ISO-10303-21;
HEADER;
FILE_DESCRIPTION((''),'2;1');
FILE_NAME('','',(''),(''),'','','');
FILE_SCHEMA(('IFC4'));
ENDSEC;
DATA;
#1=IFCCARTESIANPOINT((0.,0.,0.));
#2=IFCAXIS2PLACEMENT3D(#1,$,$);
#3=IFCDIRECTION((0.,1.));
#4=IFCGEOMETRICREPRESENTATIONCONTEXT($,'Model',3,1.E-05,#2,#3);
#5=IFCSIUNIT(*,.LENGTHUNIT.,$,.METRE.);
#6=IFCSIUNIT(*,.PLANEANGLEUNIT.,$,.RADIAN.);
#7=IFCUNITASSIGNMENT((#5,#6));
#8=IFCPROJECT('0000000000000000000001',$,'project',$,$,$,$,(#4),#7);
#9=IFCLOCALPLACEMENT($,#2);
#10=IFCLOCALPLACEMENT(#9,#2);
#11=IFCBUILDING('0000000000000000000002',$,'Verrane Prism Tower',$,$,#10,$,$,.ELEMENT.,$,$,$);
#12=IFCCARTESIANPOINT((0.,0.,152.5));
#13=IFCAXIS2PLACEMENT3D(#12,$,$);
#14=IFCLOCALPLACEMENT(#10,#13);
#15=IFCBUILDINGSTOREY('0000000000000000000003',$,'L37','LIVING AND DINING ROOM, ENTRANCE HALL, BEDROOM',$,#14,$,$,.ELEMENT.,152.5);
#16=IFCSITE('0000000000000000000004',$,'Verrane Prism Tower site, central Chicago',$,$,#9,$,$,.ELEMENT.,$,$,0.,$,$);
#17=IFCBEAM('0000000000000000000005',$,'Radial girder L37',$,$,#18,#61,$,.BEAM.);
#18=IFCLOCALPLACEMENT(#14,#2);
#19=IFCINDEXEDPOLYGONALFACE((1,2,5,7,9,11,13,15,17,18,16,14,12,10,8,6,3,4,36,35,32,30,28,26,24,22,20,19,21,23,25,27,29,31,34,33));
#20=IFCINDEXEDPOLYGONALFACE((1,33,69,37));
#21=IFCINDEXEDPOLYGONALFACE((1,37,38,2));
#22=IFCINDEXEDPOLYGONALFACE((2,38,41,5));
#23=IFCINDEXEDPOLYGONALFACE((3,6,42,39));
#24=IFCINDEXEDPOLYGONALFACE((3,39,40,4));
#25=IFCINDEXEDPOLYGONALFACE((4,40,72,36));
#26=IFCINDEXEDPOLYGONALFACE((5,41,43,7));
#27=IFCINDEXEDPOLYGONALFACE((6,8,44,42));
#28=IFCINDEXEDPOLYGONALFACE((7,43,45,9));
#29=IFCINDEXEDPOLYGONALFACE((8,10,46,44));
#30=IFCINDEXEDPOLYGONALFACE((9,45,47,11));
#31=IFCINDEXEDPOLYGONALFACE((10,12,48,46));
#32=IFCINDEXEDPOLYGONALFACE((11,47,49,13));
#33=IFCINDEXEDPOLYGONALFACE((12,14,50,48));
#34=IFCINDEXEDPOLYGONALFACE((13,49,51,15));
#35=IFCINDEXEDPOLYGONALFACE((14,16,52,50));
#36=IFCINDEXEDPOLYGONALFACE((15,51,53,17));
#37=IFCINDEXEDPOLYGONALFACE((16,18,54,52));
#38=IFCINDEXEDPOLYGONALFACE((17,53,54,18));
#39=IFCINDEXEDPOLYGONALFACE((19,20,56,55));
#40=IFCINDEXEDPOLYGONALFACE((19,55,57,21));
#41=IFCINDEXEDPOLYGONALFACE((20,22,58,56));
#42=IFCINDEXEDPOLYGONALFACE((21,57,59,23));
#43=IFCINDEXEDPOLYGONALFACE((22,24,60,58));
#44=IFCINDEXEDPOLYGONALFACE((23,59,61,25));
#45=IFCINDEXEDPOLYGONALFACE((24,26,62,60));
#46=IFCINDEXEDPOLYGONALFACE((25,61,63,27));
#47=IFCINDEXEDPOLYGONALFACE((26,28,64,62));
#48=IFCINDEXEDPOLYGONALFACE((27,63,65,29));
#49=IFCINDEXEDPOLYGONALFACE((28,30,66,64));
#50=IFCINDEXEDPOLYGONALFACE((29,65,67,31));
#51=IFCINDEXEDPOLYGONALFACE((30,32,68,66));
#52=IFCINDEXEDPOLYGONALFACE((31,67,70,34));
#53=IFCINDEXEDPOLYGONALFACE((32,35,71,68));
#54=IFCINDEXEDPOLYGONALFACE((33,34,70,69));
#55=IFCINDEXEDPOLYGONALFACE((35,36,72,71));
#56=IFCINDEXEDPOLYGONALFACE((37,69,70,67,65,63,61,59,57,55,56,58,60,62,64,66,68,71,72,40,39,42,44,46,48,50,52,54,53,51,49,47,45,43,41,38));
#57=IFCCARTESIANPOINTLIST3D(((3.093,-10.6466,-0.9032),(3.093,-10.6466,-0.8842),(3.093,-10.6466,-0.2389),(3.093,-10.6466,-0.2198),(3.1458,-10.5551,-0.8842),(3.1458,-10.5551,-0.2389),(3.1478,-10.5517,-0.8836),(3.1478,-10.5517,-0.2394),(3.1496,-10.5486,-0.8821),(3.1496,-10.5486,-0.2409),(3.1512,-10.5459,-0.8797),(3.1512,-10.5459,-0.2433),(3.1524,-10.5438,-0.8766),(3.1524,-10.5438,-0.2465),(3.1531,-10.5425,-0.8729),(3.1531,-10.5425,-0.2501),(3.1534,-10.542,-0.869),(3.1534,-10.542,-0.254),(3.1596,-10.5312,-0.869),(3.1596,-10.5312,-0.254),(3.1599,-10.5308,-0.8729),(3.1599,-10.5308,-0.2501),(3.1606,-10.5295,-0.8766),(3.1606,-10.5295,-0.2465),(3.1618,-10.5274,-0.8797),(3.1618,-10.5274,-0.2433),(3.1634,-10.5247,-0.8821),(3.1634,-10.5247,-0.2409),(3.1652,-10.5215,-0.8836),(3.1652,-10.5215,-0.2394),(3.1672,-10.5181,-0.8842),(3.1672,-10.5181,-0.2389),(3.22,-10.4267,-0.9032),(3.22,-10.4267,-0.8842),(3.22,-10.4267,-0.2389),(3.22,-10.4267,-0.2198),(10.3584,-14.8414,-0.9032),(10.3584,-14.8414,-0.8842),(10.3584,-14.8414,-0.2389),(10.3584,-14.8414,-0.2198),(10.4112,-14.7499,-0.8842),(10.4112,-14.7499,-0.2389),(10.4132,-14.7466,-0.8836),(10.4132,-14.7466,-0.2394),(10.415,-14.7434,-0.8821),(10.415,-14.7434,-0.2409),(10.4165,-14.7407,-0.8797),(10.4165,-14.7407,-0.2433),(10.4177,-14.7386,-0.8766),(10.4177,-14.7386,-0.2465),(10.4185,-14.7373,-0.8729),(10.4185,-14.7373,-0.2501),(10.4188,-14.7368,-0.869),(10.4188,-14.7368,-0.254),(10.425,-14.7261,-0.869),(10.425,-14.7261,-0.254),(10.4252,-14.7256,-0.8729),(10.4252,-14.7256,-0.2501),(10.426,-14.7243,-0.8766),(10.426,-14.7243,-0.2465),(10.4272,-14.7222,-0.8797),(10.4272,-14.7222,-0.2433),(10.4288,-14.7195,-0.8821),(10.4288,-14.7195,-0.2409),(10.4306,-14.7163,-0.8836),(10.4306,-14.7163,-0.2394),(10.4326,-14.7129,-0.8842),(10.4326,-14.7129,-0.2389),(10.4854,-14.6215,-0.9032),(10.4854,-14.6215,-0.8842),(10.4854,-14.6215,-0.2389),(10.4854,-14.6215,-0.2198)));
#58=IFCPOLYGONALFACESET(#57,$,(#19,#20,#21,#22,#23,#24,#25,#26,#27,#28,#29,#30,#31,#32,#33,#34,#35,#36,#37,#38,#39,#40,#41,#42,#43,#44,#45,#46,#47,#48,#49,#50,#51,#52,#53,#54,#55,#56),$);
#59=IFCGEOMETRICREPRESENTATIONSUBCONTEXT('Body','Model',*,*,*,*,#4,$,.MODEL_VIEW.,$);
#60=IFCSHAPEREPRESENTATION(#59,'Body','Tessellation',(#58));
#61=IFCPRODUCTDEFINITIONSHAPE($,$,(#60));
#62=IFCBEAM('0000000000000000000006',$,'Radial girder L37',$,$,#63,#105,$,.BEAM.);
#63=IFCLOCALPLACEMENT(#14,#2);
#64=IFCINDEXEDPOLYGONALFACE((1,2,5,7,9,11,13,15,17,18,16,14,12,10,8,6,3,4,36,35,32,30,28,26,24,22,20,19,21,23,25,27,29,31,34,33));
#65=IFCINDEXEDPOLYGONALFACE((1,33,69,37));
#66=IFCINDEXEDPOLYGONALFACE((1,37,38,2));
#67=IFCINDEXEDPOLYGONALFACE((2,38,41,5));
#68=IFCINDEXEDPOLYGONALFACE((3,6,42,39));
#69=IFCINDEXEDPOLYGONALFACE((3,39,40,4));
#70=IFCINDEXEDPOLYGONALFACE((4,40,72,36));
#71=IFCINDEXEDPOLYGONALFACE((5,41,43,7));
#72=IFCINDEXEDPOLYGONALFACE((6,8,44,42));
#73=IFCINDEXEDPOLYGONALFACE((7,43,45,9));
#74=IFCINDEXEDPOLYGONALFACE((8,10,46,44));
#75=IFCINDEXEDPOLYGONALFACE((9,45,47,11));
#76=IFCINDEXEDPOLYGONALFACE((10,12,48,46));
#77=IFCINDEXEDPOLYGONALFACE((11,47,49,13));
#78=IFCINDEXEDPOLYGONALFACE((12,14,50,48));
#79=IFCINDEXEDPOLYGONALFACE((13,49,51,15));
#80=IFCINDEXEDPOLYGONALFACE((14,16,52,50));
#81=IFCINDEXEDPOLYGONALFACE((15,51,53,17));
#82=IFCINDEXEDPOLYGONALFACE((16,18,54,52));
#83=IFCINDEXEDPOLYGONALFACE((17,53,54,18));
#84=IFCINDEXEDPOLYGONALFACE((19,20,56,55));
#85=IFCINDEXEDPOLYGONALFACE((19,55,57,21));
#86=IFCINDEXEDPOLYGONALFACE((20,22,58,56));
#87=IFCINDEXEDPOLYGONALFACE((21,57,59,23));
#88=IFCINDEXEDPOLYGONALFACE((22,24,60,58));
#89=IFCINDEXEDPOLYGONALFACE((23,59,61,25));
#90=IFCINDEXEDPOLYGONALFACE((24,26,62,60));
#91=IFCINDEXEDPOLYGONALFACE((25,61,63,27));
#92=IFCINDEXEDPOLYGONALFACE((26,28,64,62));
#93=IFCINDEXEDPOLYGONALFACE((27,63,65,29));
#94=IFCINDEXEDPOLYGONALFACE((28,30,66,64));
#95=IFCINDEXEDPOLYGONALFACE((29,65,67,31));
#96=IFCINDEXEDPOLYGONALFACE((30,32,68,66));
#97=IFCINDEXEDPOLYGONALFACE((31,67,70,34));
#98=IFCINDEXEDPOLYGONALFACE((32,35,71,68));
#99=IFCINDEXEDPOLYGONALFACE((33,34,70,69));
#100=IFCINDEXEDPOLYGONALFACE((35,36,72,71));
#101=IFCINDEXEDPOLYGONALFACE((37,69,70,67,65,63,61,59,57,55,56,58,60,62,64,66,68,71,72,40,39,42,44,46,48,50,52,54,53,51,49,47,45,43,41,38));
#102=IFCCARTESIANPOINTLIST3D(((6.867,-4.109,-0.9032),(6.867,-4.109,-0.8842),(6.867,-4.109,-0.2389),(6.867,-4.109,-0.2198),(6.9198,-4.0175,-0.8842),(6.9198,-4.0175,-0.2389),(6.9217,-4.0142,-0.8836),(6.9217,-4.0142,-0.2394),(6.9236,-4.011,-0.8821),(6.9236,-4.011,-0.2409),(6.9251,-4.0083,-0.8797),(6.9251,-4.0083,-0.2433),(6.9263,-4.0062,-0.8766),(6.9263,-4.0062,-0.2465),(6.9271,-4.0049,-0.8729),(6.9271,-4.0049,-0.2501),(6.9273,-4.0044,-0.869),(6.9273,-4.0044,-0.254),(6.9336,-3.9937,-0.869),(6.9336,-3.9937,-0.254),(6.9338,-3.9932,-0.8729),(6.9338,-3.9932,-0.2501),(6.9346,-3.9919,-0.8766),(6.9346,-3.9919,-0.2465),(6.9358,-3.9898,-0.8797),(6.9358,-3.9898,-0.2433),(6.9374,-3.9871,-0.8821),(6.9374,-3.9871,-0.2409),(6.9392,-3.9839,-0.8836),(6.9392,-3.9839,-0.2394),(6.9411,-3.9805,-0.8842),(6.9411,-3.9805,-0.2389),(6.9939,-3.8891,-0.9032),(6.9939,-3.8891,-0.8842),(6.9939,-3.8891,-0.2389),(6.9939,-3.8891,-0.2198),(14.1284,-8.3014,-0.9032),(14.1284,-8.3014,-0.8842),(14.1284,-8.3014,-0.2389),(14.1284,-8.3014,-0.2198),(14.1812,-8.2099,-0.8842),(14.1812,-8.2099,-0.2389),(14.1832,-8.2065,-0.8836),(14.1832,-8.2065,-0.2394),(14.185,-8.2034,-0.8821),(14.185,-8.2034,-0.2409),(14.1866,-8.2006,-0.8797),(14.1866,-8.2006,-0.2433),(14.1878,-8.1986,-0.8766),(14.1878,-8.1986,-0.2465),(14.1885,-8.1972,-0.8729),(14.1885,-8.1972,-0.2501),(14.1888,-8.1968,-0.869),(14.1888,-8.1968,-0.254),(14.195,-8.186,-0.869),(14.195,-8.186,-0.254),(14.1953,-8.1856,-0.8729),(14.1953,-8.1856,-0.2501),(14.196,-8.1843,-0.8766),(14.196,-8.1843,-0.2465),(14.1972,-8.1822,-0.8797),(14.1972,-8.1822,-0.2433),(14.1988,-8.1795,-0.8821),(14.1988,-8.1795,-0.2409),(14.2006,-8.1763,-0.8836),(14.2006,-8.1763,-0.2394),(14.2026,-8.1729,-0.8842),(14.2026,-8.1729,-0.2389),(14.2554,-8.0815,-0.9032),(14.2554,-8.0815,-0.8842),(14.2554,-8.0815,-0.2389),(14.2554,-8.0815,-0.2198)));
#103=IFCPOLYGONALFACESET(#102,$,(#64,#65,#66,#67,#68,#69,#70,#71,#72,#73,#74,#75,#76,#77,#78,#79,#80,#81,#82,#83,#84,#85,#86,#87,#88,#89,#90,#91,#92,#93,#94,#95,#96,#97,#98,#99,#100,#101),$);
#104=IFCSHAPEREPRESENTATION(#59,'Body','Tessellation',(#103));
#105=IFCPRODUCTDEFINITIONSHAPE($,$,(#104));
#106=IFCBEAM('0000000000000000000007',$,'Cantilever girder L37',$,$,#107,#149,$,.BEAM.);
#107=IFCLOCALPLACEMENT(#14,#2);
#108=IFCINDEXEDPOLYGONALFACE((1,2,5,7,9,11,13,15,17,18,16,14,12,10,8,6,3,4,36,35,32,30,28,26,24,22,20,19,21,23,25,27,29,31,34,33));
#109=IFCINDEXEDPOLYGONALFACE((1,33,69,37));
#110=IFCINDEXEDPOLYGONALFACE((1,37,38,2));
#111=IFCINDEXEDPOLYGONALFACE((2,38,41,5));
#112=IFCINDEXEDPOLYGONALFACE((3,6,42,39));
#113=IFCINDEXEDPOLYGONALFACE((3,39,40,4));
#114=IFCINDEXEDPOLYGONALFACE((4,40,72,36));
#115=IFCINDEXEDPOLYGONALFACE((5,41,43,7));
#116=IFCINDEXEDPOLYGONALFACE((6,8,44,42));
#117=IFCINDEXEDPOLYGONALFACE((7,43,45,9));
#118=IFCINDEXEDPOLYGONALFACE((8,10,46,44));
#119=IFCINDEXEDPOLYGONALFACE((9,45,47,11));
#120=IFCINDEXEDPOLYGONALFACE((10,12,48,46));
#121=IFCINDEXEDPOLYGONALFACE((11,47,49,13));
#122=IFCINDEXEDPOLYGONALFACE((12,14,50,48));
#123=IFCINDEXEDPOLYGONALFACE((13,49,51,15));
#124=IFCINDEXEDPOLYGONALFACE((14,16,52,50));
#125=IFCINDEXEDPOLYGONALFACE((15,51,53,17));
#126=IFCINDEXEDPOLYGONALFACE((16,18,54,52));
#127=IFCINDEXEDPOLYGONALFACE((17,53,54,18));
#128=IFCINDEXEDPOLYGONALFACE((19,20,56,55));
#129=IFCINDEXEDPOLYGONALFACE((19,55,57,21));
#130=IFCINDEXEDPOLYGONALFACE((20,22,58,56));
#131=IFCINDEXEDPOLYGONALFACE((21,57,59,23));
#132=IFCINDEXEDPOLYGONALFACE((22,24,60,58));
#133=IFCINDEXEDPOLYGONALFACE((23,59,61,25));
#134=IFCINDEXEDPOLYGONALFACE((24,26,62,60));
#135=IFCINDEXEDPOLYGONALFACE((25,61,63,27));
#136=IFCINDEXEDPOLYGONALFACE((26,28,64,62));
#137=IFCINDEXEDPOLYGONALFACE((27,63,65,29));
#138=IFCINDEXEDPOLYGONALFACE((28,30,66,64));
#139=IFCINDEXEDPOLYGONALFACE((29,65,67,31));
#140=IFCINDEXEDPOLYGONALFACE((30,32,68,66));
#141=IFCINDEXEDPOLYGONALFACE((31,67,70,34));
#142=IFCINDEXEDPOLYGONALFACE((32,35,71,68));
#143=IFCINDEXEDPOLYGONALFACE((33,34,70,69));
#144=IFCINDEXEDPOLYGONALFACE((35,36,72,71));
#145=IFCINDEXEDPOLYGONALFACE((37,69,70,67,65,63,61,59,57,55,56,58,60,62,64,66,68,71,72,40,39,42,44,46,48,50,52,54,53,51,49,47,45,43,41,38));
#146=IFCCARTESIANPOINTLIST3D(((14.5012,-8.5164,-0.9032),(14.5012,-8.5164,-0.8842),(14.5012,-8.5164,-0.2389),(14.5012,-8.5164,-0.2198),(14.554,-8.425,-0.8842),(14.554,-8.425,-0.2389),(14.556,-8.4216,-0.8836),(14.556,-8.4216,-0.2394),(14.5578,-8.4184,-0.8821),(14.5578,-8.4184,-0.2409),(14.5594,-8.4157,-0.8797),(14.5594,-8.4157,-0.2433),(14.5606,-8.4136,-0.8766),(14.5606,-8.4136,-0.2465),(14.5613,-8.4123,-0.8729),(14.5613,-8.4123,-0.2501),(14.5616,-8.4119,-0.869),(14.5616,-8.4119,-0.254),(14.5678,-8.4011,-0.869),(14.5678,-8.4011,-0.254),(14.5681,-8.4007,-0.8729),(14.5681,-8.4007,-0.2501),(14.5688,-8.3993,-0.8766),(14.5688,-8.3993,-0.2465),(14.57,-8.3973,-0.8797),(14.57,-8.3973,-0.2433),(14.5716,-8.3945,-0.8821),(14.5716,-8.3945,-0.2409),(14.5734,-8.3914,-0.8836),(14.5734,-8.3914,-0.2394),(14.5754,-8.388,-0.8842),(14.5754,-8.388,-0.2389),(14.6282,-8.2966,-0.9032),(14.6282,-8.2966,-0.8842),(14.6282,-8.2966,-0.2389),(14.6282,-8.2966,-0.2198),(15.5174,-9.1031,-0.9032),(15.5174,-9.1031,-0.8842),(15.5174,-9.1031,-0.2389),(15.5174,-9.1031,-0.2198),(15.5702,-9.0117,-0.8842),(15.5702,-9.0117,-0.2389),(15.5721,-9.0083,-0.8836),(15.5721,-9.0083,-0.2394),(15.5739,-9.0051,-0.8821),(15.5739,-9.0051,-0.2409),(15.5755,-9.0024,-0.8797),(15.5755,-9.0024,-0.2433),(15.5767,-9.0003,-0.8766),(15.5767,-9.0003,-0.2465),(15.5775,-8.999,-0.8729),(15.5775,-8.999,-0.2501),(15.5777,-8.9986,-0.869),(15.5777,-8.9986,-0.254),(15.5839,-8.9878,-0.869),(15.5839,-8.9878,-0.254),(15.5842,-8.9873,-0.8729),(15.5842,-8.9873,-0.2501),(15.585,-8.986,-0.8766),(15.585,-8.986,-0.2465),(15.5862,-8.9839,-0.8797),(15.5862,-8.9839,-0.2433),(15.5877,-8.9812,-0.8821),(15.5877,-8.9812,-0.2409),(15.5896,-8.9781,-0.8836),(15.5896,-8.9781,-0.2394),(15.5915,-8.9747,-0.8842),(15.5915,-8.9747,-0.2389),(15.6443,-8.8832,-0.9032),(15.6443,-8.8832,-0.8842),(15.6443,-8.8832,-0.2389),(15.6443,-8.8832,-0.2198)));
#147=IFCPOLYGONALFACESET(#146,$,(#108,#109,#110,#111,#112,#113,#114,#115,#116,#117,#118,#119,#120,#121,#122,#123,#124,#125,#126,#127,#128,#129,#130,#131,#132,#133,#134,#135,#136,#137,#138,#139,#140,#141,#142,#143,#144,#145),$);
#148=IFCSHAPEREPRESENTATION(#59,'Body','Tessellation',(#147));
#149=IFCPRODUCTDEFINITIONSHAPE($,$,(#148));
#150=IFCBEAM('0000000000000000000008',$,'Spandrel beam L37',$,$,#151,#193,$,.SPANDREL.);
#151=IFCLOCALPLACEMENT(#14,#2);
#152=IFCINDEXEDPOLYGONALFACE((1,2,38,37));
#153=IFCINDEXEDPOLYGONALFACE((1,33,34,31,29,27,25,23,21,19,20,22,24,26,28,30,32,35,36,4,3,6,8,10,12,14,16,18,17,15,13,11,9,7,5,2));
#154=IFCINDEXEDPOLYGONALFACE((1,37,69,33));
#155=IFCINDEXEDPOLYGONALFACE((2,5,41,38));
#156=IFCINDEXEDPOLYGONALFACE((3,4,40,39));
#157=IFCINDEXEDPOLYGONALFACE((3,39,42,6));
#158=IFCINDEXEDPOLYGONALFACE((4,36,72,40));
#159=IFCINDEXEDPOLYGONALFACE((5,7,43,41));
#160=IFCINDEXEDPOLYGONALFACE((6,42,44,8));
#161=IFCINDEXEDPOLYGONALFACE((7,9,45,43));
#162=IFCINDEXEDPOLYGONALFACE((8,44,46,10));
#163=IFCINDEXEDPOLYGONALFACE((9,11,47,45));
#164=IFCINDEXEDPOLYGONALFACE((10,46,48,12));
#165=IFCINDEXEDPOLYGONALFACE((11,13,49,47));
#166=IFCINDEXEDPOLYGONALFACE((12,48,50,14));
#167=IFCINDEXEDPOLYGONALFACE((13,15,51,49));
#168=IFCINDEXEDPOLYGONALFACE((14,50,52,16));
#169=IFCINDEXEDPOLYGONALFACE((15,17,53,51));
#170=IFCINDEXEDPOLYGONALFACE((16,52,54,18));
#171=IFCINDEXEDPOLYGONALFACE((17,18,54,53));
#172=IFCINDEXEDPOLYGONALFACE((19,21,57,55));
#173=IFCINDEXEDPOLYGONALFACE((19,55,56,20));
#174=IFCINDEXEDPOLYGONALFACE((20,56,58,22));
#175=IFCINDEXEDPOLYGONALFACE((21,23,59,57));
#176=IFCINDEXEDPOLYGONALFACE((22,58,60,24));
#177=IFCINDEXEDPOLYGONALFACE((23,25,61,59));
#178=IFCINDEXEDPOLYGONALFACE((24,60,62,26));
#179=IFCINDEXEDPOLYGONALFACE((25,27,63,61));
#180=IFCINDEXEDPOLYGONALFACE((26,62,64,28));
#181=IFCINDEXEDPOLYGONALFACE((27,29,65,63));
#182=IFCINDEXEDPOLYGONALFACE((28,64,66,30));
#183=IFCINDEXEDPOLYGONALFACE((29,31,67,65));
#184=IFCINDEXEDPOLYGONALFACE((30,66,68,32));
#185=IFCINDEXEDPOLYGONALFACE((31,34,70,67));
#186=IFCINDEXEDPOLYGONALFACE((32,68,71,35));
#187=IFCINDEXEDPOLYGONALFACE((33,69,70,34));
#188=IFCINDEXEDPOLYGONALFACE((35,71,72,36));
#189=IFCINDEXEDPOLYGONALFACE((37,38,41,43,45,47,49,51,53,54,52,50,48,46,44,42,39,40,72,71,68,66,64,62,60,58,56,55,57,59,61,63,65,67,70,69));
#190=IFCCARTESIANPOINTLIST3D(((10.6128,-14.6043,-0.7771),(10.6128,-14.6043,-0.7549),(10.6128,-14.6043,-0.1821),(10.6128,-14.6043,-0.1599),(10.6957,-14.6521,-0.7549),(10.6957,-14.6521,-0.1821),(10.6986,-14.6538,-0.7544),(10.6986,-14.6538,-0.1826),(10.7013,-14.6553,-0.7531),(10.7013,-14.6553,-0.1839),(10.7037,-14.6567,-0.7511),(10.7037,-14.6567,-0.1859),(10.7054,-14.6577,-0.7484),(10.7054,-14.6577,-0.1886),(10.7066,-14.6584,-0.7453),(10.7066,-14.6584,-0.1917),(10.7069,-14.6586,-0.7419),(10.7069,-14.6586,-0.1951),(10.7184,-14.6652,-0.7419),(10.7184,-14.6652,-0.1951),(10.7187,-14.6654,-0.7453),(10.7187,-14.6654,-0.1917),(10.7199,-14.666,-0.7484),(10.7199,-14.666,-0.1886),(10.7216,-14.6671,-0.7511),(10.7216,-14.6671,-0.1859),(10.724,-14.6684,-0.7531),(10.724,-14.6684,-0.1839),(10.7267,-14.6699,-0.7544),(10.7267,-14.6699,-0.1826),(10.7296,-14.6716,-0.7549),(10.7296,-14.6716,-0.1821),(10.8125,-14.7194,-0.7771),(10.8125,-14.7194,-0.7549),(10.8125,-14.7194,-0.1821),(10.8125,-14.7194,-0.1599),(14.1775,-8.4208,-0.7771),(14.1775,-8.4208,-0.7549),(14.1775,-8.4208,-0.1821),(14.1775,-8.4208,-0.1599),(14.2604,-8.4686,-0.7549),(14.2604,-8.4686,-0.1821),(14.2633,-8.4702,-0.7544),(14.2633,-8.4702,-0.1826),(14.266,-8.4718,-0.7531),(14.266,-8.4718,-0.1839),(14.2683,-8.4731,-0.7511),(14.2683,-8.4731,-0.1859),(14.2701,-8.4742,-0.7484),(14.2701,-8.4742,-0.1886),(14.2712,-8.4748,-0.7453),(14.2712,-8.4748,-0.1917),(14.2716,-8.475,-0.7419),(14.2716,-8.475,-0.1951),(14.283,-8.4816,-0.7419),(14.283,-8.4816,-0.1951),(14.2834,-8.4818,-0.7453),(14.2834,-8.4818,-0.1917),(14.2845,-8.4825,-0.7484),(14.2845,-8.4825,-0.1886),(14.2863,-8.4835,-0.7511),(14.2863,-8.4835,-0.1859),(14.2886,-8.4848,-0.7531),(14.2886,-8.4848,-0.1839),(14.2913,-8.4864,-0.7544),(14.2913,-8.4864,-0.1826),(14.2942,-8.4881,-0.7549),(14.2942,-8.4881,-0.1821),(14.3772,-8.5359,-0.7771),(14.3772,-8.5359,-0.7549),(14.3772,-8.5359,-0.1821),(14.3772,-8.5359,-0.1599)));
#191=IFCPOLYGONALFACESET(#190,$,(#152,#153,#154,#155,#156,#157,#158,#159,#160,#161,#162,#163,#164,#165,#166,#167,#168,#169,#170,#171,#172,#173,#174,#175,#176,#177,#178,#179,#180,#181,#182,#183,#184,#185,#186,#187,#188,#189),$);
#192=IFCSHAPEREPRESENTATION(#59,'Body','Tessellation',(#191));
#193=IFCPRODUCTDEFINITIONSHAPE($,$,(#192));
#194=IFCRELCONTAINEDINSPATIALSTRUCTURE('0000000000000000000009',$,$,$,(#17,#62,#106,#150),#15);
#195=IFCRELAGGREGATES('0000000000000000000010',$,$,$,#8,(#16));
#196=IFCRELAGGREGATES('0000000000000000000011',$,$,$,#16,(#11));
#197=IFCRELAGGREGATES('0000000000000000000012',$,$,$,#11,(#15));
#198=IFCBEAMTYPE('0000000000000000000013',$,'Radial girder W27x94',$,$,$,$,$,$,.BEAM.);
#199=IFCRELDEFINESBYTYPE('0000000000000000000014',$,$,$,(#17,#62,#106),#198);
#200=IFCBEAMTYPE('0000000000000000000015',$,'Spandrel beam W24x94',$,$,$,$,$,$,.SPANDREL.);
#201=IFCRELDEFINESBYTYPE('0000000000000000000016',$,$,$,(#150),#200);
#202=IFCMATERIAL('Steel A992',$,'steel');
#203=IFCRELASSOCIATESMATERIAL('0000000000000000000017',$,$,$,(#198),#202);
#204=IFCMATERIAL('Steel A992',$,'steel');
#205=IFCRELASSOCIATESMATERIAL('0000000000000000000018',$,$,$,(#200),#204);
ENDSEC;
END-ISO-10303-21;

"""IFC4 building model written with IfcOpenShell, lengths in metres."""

from ifc_helpers import new_model, si_unit, direction, frame, origin, origin_2d, place, context, subcontext, project, spatial, i_section, extrude, material, material_profile, profile_set, type_object, element, save


model = new_model("IFC4")

# Units and contexts
model_context = context("Model", 3, precision=1e-05, world=origin(), true_north=direction((0.0, 1.0)))
body_context = subcontext(model_context, "Body", "Model", "MODEL_VIEW")
ifc_project = project(units=[si_unit("LENGTHUNIT", "METRE"), si_unit("PLANEANGLEUNIT", "RADIAN")], contexts=[model_context])

# Site, building, storey
site_placement = place(None, origin())
site = spatial("IfcSite", under=ifc_project, at=site_placement, Name="Verrane Prism Tower site, central Chicago", CompositionType="ELEMENT", RefElevation=0.0)
building_placement = place(site_placement, origin())
building = spatial("IfcBuilding", under=site, at=building_placement, Name="Verrane Prism Tower", CompositionType="ELEMENT")
storey_placement = place(building_placement, frame((0.0, 0.0, 152.5)))
storey = spatial("IfcBuildingStorey", under=building, at=storey_placement, Name="L37", Description="LIVING AND DINING ROOM, ENTRANCE HALL, BEDROOM", CompositionType="ELEMENT", Elevation=152.5)

# Beams
ifc_material_1 = material(Name="Steel A992", Category="steel")
ifc_material_profile_1 = material_profile(ifc_material_1, i_section(OverallWidth=0.2539, OverallDepth=0.6833, WebThickness=0.0125, FlangeThickness=0.019, FilletRadius=0.0151, at=origin_2d()), Name="W27x94")
ifc_profile_set_1 = profile_set([ifc_material_profile_1], Name="Steel A992")
beam_type_1 = type_object("IfcBeamType", Name="Radial girder W27x94", PredefinedType="BEAM", material=ifc_profile_set_1)
beam_1_placement = place(storey_placement, frame((10.4219, -14.7314, -0.5615), z_axis=(-0.866017, 0.500014, 0.0), x_axis=(-0.500014, -0.866017, 0.0)))
element("IfcBeam", 1, at=beam_1_placement, inside=storey, type_object=beam_type_1, Name="Radial girder L37", PredefinedType="BEAM", context=body_context, shape_type="SweptSolid", body=[
    extrude(i_section(OverallWidth=0.2539, OverallDepth=0.6833, WebThickness=0.0125, FlangeThickness=0.019, FilletRadius=0.0151, at=origin_2d()), origin(), (0.0, 0.0, 1.0), 8.3894),
])
beam_2_placement = place(storey_placement, frame((14.1919, -8.1914, -0.5615), z_axis=(-0.866027, 0.499997, 0.0), x_axis=(-0.499997, -0.866027, 0.0)))
element("IfcBeam", 2, at=beam_2_placement, inside=storey, type_object=beam_type_1, Name="Radial girder L37", PredefinedType="BEAM", context=body_context, shape_type="SweptSolid", body=[
    extrude(i_section(OverallWidth=0.2539, OverallDepth=0.6833, WebThickness=0.0125, FlangeThickness=0.019, FilletRadius=0.0151, at=origin_2d()), origin(), (0.0, 0.0, 1.0), 8.3848),
])
beam_3_placement = place(storey_placement, frame((14.5647, -8.4065, -0.5615), z_axis=(0.866019, -0.500011, 0.0), x_axis=(0.500011, 0.866019, 0.0)))
element("IfcBeam", 3, at=beam_3_placement, inside=storey, type_object=beam_type_1, Name="Cantilever girder L37", PredefinedType="BEAM", context=body_context, shape_type="SweptSolid", body=[
    extrude(i_section(OverallWidth=0.2539, OverallDepth=0.6833, WebThickness=0.0125, FlangeThickness=0.019, FilletRadius=0.0151, at=origin_2d()), origin(), (0.0, 0.0, 1.0), 1.1733),
])
ifc_material_2 = material(Name="Steel A992", Category="steel")
ifc_material_profile_2 = material_profile(ifc_material_2, i_section(OverallWidth=0.2305, OverallDepth=0.6172, WebThickness=0.0132, FlangeThickness=0.0222, FilletRadius=0.0129, at=origin_2d()), Name="W24x94")
ifc_profile_set_2 = profile_set([ifc_material_profile_2], Name="Steel A992")
beam_type_2 = type_object("IfcBeamType", Name="Spandrel beam W24x94", PredefinedType="SPANDREL", material=ifc_profile_set_2)
beam_4_placement = place(storey_placement, frame((10.7126, -14.6619, -0.4685), z_axis=(0.499432, 0.866353, 0.0), x_axis=(-0.866353, 0.499432, 0.0)))
element("IfcBeam", 4, at=beam_4_placement, inside=storey, type_object=beam_type_2, Name="Spandrel beam L37", PredefinedType="SPANDREL", context=body_context, shape_type="SweptSolid", body=[
    extrude(i_section(OverallWidth=0.2305, OverallDepth=0.6172, WebThickness=0.0132, FlangeThickness=0.0222, FilletRadius=0.0129, at=origin_2d()), origin(), (0.0, 0.0, 1.0), 7.1375),
])

save(model, "model.ifc")
